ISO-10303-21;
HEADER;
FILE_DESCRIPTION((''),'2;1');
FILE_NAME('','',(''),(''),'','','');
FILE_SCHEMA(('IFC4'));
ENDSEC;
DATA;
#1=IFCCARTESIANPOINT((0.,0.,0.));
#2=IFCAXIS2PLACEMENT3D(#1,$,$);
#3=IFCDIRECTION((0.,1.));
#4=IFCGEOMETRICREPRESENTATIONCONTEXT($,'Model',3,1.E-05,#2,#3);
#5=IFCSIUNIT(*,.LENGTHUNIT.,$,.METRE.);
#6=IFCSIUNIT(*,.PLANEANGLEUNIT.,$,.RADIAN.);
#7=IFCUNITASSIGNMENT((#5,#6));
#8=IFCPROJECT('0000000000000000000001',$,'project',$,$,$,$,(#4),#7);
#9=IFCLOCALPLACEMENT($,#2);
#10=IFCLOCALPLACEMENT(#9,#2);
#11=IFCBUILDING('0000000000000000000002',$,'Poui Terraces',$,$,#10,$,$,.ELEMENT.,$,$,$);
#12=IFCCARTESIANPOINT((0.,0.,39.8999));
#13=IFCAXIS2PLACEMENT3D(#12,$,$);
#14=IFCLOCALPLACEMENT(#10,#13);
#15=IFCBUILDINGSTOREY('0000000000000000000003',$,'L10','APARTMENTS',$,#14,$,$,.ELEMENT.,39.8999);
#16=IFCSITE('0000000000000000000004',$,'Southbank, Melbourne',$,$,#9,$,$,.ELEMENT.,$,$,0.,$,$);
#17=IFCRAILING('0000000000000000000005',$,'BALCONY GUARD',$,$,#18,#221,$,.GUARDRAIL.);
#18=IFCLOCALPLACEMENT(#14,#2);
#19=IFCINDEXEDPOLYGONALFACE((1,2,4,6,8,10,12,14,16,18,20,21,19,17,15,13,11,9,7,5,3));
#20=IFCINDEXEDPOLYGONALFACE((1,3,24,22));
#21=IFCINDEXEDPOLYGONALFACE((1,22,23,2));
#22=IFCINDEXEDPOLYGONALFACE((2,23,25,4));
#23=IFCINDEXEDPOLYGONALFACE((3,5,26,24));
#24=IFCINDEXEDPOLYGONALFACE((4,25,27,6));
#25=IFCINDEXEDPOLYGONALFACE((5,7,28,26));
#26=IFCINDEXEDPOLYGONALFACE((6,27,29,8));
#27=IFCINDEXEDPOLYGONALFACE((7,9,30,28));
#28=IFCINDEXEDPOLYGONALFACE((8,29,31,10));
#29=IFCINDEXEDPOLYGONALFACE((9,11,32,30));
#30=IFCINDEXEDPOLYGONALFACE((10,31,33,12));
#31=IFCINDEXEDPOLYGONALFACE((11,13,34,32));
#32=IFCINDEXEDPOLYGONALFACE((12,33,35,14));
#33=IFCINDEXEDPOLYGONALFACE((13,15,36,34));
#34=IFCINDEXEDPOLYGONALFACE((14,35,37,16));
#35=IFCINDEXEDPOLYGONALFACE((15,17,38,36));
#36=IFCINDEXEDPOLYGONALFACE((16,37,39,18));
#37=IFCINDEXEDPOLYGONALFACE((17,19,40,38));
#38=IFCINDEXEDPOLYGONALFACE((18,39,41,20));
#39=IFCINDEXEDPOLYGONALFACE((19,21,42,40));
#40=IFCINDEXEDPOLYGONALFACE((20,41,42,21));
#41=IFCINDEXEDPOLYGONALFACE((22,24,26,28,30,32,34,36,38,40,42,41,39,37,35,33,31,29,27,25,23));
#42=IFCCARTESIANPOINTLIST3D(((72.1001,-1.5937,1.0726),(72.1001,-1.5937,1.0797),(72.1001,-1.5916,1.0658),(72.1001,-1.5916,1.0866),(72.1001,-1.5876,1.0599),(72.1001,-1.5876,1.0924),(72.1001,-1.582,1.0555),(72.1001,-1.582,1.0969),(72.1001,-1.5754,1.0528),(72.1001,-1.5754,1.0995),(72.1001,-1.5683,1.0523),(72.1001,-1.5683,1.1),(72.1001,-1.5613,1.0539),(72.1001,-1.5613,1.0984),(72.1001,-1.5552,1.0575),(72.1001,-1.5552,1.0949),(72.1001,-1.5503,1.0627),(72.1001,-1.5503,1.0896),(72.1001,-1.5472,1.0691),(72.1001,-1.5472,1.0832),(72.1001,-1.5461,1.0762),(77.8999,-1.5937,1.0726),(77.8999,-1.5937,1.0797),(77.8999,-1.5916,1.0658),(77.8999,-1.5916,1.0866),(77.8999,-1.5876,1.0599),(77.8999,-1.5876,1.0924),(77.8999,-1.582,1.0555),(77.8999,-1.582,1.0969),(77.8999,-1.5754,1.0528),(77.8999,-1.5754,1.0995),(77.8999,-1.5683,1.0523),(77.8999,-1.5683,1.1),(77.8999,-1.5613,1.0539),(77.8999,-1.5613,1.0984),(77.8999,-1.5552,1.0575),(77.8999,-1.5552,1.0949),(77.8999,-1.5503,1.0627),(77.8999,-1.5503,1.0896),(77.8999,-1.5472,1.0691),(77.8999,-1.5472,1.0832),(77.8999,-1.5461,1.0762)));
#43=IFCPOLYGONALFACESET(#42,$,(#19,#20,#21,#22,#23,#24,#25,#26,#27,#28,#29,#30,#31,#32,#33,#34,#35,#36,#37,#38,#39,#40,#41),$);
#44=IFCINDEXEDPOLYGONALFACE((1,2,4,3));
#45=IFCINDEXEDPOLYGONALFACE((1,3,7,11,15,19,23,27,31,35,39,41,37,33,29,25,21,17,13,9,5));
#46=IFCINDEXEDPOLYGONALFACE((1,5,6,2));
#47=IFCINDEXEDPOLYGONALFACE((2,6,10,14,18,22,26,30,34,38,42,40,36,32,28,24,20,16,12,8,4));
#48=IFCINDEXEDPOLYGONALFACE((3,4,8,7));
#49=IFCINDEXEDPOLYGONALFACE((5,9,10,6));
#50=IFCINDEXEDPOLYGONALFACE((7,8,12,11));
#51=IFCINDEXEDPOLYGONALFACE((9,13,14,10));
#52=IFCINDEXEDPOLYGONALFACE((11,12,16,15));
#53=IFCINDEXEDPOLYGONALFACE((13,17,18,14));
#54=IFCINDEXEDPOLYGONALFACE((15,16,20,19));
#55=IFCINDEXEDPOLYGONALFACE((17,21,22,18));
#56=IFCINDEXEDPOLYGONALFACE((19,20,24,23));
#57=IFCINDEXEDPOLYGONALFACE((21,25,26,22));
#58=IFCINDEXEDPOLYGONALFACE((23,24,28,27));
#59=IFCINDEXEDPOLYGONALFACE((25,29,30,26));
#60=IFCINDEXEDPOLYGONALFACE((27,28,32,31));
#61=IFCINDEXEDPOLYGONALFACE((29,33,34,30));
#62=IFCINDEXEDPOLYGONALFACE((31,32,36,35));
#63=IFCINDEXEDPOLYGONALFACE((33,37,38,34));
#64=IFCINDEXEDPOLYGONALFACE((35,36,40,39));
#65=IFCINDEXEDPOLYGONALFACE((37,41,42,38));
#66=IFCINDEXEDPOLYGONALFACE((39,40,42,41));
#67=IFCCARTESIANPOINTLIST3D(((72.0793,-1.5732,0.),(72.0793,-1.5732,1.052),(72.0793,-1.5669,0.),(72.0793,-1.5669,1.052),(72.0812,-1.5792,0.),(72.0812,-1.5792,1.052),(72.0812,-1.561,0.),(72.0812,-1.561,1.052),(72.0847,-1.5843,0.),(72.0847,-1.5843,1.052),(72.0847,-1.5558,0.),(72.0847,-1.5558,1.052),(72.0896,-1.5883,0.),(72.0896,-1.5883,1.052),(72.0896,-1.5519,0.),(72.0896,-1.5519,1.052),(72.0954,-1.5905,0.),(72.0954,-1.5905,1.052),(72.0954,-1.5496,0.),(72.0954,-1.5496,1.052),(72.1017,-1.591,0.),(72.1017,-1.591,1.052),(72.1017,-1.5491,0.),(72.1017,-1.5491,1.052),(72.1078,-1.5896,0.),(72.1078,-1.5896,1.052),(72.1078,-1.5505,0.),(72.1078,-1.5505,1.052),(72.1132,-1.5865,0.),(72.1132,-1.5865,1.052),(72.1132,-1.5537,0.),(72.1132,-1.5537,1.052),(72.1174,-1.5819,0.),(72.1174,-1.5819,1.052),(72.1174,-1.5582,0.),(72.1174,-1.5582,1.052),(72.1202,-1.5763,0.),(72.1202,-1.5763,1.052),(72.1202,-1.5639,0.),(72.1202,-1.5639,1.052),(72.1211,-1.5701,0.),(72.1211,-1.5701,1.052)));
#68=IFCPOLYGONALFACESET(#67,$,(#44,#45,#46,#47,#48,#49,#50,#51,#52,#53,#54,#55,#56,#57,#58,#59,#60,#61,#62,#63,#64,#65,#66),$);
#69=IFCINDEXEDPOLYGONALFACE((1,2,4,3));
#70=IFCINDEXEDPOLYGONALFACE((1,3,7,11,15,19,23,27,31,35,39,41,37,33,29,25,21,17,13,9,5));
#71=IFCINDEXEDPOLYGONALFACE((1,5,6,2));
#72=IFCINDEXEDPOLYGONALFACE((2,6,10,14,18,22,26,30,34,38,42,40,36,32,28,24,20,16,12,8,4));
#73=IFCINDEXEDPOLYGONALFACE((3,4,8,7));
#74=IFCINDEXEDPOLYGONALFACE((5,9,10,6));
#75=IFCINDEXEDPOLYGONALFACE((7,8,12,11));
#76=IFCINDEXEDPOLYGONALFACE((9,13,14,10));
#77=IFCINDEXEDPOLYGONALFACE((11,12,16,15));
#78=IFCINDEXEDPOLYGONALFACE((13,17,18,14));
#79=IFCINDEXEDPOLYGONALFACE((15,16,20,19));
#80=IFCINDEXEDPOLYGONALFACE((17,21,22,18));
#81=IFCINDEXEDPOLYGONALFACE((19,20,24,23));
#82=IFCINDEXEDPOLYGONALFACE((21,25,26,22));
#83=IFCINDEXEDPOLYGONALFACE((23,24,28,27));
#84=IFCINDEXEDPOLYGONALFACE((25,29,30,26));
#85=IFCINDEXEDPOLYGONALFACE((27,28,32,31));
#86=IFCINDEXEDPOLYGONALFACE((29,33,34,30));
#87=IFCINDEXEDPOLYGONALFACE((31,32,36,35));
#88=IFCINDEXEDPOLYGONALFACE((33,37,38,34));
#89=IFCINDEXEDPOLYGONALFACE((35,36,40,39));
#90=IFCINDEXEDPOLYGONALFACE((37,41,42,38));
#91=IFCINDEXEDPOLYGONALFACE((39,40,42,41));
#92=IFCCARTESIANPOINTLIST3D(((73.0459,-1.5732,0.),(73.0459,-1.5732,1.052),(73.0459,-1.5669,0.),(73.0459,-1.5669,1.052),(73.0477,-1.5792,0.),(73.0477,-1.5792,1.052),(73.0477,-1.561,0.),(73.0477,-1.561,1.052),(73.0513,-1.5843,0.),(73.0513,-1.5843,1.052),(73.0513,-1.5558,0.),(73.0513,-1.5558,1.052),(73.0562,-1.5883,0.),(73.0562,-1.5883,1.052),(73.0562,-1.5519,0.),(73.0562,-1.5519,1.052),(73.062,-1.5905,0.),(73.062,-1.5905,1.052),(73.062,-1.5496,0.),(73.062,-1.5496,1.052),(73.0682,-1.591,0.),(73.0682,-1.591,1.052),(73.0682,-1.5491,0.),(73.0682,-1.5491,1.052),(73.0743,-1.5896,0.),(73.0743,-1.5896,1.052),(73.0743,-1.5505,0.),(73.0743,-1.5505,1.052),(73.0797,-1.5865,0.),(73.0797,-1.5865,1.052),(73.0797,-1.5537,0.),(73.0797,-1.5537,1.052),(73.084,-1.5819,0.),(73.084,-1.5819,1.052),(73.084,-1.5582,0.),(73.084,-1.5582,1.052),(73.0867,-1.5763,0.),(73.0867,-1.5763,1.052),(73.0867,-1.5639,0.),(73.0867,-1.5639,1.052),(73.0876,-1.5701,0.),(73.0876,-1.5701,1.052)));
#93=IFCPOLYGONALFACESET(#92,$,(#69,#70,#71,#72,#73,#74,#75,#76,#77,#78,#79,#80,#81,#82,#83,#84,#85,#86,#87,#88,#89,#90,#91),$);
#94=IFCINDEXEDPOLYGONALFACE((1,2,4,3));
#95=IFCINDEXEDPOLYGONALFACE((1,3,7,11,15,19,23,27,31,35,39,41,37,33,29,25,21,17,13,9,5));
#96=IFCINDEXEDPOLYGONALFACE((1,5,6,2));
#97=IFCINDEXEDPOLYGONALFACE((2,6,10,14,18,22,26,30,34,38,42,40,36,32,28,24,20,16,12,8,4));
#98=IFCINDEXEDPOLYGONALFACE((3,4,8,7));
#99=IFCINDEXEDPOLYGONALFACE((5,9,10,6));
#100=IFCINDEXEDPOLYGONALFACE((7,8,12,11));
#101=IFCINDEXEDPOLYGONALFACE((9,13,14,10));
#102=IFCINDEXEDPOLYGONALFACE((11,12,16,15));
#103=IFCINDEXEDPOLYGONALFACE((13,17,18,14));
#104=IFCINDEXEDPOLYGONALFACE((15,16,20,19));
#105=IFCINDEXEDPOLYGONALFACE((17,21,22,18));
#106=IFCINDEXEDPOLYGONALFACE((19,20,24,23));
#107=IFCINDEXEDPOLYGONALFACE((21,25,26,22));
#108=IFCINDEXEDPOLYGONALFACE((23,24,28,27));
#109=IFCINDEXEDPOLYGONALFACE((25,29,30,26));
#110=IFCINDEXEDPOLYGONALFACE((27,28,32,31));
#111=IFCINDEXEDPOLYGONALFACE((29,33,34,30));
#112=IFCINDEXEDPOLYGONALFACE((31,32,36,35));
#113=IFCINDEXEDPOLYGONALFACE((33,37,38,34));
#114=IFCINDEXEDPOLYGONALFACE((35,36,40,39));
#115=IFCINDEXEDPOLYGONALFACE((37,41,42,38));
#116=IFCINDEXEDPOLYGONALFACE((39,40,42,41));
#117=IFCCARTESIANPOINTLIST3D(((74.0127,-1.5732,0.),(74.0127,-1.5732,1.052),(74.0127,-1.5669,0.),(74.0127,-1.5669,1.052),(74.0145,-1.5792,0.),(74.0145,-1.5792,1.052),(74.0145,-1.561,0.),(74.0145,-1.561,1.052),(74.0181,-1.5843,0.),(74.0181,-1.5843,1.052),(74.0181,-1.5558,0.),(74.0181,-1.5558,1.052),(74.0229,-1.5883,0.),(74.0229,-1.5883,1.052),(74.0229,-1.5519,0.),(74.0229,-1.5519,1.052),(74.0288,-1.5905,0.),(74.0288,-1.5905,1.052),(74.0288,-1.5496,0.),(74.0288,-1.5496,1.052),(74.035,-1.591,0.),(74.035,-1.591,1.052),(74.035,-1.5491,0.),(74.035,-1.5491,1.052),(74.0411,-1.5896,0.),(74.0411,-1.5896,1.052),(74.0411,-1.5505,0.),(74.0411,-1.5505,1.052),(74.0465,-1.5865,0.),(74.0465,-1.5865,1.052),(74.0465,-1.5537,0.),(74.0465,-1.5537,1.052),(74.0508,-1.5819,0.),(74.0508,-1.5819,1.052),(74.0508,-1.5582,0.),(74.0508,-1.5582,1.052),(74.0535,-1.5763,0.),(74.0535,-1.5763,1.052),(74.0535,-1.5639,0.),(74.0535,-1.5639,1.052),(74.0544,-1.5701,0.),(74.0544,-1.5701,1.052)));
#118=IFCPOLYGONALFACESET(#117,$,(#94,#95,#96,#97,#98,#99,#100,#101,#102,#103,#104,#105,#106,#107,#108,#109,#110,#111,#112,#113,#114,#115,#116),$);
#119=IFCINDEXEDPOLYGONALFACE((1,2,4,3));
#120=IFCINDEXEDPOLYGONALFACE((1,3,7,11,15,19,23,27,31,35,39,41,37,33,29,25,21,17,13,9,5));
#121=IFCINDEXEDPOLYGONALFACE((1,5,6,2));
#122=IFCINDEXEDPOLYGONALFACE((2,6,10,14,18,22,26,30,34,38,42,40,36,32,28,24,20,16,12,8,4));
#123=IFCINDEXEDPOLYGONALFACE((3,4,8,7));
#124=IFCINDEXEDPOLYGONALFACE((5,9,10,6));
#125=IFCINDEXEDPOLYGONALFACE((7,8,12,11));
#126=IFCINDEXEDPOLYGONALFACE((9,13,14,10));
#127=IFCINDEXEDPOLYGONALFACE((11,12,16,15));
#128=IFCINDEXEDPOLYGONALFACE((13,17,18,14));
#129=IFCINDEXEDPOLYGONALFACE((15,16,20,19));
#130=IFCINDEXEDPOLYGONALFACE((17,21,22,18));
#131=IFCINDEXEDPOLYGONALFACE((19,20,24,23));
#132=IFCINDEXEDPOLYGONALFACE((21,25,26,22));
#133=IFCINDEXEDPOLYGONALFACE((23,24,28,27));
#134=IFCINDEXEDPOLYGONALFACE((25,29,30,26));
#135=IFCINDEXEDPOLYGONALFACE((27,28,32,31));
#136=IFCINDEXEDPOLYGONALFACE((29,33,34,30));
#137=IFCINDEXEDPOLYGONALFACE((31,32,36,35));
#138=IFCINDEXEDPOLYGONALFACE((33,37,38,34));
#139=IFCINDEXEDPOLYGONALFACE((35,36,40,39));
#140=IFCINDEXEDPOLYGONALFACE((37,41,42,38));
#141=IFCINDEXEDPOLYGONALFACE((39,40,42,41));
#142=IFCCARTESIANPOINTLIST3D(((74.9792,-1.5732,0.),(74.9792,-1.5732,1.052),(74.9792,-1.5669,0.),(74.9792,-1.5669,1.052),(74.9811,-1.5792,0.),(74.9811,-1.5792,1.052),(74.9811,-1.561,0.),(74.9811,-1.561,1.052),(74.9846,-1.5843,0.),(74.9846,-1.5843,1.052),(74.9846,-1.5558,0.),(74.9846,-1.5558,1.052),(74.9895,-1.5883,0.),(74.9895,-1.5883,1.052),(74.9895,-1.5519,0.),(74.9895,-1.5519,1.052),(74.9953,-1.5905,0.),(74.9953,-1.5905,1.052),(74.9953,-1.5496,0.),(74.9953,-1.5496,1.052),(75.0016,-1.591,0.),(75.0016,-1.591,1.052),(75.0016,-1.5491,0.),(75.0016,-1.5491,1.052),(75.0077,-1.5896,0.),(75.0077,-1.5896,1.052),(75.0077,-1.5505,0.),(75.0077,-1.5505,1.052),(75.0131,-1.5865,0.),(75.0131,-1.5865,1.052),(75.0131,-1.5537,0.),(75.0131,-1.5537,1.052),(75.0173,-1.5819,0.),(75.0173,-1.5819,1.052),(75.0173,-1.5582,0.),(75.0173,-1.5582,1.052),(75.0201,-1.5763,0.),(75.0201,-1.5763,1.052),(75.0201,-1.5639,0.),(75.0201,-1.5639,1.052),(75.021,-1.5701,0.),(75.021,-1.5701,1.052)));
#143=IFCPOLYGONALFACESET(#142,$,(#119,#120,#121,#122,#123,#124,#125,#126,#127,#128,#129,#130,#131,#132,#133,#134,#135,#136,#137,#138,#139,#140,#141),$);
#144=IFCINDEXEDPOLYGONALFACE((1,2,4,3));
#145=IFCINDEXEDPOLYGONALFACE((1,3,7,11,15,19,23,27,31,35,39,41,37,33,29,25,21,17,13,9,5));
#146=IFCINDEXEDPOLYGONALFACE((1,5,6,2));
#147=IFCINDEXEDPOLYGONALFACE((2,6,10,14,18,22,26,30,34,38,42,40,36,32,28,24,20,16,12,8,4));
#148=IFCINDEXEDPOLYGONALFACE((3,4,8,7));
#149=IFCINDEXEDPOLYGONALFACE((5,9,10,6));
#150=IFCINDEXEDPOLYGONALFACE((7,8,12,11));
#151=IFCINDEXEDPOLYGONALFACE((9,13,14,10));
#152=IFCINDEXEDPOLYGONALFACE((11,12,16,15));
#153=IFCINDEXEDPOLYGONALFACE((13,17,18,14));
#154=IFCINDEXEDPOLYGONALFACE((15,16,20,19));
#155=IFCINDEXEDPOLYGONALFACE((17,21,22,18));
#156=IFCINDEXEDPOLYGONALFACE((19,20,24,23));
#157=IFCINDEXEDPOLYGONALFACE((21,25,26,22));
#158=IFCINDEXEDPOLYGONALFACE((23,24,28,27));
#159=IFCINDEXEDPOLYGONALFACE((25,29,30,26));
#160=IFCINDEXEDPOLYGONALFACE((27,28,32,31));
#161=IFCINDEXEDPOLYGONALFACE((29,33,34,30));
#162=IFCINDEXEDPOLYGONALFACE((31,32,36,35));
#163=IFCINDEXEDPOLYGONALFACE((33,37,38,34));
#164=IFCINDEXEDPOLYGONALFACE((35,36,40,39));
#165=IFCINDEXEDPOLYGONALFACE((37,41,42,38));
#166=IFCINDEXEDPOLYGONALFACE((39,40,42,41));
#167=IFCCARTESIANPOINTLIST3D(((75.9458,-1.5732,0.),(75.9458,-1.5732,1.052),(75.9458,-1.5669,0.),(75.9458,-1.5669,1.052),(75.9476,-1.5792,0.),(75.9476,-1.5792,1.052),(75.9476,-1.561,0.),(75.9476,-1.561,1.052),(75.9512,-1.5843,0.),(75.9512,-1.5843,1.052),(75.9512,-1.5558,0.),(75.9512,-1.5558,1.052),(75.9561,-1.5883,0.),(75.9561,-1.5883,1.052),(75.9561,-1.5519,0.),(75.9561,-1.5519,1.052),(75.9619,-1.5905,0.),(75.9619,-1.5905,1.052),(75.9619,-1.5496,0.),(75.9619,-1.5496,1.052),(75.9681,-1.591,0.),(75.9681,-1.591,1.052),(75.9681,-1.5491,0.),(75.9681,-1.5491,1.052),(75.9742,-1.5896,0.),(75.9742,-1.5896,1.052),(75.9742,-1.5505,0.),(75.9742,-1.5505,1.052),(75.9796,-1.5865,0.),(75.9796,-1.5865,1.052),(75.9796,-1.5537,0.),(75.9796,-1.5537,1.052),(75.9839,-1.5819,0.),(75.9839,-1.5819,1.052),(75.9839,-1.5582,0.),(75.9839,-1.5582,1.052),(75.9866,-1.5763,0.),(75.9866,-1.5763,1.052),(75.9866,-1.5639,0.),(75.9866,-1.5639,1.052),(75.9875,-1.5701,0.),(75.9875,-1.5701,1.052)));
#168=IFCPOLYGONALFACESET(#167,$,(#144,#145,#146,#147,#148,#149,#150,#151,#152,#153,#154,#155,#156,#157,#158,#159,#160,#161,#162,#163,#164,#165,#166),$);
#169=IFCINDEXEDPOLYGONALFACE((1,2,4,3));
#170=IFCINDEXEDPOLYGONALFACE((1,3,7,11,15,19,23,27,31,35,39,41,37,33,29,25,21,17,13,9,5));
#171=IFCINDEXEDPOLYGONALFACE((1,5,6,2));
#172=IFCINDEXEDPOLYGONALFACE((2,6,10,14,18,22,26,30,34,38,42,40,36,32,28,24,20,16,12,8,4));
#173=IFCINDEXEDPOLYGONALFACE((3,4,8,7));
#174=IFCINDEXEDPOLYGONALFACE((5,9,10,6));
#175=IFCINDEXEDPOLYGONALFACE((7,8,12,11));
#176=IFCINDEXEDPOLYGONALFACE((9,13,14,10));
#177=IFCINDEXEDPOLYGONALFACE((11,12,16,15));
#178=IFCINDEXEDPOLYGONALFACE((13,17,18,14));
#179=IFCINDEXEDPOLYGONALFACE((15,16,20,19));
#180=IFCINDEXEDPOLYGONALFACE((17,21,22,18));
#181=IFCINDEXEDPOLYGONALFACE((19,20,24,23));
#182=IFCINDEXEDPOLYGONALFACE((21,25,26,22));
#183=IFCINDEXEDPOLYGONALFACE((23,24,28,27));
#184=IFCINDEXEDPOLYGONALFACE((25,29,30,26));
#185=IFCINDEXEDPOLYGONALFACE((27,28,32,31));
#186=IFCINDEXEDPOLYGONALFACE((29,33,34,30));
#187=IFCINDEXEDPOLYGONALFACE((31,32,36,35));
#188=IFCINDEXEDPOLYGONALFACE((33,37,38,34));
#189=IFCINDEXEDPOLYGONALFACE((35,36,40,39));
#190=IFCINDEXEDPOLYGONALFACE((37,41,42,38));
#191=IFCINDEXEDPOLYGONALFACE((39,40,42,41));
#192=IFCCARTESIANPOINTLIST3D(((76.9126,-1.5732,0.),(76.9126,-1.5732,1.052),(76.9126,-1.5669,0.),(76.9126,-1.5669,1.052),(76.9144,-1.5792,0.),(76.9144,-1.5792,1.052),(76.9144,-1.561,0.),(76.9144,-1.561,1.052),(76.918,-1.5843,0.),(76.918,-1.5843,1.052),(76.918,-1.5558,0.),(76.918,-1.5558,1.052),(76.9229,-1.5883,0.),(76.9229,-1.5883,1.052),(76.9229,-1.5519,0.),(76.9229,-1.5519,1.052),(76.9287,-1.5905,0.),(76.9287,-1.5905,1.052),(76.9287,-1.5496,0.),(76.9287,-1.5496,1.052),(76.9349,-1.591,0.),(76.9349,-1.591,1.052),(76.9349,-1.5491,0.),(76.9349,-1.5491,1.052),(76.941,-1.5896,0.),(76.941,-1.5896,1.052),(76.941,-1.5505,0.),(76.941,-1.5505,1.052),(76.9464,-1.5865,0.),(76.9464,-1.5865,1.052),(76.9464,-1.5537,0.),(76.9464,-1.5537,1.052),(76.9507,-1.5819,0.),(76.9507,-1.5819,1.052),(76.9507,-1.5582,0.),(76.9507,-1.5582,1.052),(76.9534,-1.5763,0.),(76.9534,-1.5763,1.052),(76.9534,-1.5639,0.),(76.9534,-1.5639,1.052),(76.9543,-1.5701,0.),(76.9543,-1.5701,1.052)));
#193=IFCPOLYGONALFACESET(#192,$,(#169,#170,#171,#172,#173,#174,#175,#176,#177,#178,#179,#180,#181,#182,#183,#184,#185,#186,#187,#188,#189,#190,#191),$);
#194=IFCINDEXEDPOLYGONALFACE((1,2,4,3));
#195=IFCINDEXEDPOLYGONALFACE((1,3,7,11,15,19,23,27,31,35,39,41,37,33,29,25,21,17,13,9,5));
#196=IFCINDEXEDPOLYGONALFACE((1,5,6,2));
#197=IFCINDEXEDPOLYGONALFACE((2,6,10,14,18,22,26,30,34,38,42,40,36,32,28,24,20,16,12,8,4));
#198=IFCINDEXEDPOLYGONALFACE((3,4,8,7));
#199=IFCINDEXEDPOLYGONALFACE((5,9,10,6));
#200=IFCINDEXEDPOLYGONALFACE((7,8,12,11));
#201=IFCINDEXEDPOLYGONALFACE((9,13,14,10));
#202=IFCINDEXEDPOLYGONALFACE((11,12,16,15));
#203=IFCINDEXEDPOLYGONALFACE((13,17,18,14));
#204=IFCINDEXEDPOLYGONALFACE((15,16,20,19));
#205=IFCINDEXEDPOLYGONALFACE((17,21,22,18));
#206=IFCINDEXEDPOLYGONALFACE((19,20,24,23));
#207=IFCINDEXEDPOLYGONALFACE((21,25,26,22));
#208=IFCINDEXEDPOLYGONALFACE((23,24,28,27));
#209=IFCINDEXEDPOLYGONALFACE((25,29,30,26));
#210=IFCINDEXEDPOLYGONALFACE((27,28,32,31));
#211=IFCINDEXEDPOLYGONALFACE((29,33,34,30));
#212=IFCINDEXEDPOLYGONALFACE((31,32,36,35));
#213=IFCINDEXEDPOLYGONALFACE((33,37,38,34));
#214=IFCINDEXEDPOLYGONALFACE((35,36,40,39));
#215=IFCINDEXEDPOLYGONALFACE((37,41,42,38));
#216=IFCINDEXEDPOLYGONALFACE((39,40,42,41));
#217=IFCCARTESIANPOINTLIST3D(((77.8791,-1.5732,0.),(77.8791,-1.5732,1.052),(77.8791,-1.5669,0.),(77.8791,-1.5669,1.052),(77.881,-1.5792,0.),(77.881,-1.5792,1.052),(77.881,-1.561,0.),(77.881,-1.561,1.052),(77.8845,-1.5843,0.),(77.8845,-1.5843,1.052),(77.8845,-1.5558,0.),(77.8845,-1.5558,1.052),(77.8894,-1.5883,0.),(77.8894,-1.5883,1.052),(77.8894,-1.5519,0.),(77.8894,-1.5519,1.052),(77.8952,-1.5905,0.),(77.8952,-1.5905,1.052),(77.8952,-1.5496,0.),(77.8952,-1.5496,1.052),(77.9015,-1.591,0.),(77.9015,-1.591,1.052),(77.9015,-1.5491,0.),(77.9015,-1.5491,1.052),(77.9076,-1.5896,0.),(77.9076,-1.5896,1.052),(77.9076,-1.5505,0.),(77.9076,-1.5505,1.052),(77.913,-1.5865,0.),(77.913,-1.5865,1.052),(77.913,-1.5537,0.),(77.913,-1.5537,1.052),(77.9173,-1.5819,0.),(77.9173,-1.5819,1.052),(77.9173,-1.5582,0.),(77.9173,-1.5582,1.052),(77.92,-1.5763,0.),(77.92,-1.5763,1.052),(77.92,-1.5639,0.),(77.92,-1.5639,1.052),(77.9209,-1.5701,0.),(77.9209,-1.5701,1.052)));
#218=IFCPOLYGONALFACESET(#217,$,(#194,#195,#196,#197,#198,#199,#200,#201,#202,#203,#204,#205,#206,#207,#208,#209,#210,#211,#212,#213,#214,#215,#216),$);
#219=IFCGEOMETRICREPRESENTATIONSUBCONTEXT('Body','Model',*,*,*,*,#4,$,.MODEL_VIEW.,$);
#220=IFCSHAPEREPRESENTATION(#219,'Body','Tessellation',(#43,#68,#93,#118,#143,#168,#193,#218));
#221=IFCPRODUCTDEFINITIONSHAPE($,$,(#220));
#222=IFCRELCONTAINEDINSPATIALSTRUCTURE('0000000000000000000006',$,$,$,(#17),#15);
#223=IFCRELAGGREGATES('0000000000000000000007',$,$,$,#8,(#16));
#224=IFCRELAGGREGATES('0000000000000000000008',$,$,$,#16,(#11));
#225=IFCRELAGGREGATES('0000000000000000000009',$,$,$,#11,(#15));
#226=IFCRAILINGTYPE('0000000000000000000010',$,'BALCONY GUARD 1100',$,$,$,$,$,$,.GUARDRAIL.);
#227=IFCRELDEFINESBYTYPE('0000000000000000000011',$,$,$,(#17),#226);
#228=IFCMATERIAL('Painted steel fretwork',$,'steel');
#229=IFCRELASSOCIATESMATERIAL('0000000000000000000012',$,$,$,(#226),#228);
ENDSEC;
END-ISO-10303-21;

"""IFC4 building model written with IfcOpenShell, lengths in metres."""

from ifc_helpers import new_model, si_unit, direction, frame, origin, origin_2d, place, context, subcontext, project, spatial, circle, extrude, material, type_object, element, save


model = new_model("IFC4")

# Units and contexts
model_context = context("Model", 3, precision=1e-05, world=origin(), true_north=direction((0.0, 1.0)))
body_context = subcontext(model_context, "Body", "Model", "MODEL_VIEW")
ifc_project = project(units=[si_unit("LENGTHUNIT", "METRE"), si_unit("PLANEANGLEUNIT", "RADIAN")], contexts=[model_context])

# Site, building, storey
site_placement = place(None, origin())
site = spatial("IfcSite", under=ifc_project, at=site_placement, Name="Southbank, Melbourne", CompositionType="ELEMENT", RefElevation=0.0)
building_placement = place(site_placement, origin())
building = spatial("IfcBuilding", under=site, at=building_placement, Name="Poui Terraces", CompositionType="ELEMENT")
storey_placement = place(building_placement, frame((0.0, 0.0, 39.8999)))
storey = spatial("IfcBuildingStorey", under=building, at=storey_placement, Name="L10", Description="APARTMENTS", CompositionType="ELEMENT", Elevation=39.8999)

# Railing
ifc_material_1 = material(Name="Painted steel fretwork", Category="steel")
railing_type_1 = type_object("IfcRailingType", Name="BALCONY GUARD 1100", PredefinedType="GUARDRAIL", material=ifc_material_1)
railing_1_placement = place(storey_placement, frame((72.1001, -1.5701, 0.0)))
element("IfcRailing", 1, at=railing_1_placement, inside=storey, type_object=railing_type_1, Name="BALCONY GUARD", PredefinedType="GUARDRAIL", context=body_context, shape_type="SweptSolid", body=[
    extrude(circle(Radius=0.0239, at=origin_2d()), frame((0.0, 0.0, 1.0762), z_axis=(1.0, 0.0, 0.0), x_axis=(0.0, 1.0, 0.0)), (0.0, 0.0, 1.0), 5.7998),
    extrude(circle(Radius=0.021, at=origin_2d()), origin(), (0.0, 0.0, 1.0), 1.052),
    extrude(circle(Radius=0.021, at=origin_2d()), frame((0.9666, 0.0, 0.0)), (0.0, 0.0, 1.0), 1.052),
    extrude(circle(Radius=0.021, at=origin_2d()), frame((1.9333, 0.0, 0.0)), (0.0, 0.0, 1.0), 1.052),
    extrude(circle(Radius=0.021, at=origin_2d()), frame((2.8999, 0.0, 0.0)), (0.0, 0.0, 1.0), 1.052),
    extrude(circle(Radius=0.021, at=origin_2d()), frame((3.8665, 0.0, 0.0)), (0.0, 0.0, 1.0), 1.052),
    extrude(circle(Radius=0.021, at=origin_2d()), frame((4.8333, 0.0, 0.0)), (0.0, 0.0, 1.0), 1.052),
    extrude(circle(Radius=0.021, at=origin_2d()), frame((5.7998, 0.0, 0.0)), (0.0, 0.0, 1.0), 1.052),
])

save(model, "model.ifc")
